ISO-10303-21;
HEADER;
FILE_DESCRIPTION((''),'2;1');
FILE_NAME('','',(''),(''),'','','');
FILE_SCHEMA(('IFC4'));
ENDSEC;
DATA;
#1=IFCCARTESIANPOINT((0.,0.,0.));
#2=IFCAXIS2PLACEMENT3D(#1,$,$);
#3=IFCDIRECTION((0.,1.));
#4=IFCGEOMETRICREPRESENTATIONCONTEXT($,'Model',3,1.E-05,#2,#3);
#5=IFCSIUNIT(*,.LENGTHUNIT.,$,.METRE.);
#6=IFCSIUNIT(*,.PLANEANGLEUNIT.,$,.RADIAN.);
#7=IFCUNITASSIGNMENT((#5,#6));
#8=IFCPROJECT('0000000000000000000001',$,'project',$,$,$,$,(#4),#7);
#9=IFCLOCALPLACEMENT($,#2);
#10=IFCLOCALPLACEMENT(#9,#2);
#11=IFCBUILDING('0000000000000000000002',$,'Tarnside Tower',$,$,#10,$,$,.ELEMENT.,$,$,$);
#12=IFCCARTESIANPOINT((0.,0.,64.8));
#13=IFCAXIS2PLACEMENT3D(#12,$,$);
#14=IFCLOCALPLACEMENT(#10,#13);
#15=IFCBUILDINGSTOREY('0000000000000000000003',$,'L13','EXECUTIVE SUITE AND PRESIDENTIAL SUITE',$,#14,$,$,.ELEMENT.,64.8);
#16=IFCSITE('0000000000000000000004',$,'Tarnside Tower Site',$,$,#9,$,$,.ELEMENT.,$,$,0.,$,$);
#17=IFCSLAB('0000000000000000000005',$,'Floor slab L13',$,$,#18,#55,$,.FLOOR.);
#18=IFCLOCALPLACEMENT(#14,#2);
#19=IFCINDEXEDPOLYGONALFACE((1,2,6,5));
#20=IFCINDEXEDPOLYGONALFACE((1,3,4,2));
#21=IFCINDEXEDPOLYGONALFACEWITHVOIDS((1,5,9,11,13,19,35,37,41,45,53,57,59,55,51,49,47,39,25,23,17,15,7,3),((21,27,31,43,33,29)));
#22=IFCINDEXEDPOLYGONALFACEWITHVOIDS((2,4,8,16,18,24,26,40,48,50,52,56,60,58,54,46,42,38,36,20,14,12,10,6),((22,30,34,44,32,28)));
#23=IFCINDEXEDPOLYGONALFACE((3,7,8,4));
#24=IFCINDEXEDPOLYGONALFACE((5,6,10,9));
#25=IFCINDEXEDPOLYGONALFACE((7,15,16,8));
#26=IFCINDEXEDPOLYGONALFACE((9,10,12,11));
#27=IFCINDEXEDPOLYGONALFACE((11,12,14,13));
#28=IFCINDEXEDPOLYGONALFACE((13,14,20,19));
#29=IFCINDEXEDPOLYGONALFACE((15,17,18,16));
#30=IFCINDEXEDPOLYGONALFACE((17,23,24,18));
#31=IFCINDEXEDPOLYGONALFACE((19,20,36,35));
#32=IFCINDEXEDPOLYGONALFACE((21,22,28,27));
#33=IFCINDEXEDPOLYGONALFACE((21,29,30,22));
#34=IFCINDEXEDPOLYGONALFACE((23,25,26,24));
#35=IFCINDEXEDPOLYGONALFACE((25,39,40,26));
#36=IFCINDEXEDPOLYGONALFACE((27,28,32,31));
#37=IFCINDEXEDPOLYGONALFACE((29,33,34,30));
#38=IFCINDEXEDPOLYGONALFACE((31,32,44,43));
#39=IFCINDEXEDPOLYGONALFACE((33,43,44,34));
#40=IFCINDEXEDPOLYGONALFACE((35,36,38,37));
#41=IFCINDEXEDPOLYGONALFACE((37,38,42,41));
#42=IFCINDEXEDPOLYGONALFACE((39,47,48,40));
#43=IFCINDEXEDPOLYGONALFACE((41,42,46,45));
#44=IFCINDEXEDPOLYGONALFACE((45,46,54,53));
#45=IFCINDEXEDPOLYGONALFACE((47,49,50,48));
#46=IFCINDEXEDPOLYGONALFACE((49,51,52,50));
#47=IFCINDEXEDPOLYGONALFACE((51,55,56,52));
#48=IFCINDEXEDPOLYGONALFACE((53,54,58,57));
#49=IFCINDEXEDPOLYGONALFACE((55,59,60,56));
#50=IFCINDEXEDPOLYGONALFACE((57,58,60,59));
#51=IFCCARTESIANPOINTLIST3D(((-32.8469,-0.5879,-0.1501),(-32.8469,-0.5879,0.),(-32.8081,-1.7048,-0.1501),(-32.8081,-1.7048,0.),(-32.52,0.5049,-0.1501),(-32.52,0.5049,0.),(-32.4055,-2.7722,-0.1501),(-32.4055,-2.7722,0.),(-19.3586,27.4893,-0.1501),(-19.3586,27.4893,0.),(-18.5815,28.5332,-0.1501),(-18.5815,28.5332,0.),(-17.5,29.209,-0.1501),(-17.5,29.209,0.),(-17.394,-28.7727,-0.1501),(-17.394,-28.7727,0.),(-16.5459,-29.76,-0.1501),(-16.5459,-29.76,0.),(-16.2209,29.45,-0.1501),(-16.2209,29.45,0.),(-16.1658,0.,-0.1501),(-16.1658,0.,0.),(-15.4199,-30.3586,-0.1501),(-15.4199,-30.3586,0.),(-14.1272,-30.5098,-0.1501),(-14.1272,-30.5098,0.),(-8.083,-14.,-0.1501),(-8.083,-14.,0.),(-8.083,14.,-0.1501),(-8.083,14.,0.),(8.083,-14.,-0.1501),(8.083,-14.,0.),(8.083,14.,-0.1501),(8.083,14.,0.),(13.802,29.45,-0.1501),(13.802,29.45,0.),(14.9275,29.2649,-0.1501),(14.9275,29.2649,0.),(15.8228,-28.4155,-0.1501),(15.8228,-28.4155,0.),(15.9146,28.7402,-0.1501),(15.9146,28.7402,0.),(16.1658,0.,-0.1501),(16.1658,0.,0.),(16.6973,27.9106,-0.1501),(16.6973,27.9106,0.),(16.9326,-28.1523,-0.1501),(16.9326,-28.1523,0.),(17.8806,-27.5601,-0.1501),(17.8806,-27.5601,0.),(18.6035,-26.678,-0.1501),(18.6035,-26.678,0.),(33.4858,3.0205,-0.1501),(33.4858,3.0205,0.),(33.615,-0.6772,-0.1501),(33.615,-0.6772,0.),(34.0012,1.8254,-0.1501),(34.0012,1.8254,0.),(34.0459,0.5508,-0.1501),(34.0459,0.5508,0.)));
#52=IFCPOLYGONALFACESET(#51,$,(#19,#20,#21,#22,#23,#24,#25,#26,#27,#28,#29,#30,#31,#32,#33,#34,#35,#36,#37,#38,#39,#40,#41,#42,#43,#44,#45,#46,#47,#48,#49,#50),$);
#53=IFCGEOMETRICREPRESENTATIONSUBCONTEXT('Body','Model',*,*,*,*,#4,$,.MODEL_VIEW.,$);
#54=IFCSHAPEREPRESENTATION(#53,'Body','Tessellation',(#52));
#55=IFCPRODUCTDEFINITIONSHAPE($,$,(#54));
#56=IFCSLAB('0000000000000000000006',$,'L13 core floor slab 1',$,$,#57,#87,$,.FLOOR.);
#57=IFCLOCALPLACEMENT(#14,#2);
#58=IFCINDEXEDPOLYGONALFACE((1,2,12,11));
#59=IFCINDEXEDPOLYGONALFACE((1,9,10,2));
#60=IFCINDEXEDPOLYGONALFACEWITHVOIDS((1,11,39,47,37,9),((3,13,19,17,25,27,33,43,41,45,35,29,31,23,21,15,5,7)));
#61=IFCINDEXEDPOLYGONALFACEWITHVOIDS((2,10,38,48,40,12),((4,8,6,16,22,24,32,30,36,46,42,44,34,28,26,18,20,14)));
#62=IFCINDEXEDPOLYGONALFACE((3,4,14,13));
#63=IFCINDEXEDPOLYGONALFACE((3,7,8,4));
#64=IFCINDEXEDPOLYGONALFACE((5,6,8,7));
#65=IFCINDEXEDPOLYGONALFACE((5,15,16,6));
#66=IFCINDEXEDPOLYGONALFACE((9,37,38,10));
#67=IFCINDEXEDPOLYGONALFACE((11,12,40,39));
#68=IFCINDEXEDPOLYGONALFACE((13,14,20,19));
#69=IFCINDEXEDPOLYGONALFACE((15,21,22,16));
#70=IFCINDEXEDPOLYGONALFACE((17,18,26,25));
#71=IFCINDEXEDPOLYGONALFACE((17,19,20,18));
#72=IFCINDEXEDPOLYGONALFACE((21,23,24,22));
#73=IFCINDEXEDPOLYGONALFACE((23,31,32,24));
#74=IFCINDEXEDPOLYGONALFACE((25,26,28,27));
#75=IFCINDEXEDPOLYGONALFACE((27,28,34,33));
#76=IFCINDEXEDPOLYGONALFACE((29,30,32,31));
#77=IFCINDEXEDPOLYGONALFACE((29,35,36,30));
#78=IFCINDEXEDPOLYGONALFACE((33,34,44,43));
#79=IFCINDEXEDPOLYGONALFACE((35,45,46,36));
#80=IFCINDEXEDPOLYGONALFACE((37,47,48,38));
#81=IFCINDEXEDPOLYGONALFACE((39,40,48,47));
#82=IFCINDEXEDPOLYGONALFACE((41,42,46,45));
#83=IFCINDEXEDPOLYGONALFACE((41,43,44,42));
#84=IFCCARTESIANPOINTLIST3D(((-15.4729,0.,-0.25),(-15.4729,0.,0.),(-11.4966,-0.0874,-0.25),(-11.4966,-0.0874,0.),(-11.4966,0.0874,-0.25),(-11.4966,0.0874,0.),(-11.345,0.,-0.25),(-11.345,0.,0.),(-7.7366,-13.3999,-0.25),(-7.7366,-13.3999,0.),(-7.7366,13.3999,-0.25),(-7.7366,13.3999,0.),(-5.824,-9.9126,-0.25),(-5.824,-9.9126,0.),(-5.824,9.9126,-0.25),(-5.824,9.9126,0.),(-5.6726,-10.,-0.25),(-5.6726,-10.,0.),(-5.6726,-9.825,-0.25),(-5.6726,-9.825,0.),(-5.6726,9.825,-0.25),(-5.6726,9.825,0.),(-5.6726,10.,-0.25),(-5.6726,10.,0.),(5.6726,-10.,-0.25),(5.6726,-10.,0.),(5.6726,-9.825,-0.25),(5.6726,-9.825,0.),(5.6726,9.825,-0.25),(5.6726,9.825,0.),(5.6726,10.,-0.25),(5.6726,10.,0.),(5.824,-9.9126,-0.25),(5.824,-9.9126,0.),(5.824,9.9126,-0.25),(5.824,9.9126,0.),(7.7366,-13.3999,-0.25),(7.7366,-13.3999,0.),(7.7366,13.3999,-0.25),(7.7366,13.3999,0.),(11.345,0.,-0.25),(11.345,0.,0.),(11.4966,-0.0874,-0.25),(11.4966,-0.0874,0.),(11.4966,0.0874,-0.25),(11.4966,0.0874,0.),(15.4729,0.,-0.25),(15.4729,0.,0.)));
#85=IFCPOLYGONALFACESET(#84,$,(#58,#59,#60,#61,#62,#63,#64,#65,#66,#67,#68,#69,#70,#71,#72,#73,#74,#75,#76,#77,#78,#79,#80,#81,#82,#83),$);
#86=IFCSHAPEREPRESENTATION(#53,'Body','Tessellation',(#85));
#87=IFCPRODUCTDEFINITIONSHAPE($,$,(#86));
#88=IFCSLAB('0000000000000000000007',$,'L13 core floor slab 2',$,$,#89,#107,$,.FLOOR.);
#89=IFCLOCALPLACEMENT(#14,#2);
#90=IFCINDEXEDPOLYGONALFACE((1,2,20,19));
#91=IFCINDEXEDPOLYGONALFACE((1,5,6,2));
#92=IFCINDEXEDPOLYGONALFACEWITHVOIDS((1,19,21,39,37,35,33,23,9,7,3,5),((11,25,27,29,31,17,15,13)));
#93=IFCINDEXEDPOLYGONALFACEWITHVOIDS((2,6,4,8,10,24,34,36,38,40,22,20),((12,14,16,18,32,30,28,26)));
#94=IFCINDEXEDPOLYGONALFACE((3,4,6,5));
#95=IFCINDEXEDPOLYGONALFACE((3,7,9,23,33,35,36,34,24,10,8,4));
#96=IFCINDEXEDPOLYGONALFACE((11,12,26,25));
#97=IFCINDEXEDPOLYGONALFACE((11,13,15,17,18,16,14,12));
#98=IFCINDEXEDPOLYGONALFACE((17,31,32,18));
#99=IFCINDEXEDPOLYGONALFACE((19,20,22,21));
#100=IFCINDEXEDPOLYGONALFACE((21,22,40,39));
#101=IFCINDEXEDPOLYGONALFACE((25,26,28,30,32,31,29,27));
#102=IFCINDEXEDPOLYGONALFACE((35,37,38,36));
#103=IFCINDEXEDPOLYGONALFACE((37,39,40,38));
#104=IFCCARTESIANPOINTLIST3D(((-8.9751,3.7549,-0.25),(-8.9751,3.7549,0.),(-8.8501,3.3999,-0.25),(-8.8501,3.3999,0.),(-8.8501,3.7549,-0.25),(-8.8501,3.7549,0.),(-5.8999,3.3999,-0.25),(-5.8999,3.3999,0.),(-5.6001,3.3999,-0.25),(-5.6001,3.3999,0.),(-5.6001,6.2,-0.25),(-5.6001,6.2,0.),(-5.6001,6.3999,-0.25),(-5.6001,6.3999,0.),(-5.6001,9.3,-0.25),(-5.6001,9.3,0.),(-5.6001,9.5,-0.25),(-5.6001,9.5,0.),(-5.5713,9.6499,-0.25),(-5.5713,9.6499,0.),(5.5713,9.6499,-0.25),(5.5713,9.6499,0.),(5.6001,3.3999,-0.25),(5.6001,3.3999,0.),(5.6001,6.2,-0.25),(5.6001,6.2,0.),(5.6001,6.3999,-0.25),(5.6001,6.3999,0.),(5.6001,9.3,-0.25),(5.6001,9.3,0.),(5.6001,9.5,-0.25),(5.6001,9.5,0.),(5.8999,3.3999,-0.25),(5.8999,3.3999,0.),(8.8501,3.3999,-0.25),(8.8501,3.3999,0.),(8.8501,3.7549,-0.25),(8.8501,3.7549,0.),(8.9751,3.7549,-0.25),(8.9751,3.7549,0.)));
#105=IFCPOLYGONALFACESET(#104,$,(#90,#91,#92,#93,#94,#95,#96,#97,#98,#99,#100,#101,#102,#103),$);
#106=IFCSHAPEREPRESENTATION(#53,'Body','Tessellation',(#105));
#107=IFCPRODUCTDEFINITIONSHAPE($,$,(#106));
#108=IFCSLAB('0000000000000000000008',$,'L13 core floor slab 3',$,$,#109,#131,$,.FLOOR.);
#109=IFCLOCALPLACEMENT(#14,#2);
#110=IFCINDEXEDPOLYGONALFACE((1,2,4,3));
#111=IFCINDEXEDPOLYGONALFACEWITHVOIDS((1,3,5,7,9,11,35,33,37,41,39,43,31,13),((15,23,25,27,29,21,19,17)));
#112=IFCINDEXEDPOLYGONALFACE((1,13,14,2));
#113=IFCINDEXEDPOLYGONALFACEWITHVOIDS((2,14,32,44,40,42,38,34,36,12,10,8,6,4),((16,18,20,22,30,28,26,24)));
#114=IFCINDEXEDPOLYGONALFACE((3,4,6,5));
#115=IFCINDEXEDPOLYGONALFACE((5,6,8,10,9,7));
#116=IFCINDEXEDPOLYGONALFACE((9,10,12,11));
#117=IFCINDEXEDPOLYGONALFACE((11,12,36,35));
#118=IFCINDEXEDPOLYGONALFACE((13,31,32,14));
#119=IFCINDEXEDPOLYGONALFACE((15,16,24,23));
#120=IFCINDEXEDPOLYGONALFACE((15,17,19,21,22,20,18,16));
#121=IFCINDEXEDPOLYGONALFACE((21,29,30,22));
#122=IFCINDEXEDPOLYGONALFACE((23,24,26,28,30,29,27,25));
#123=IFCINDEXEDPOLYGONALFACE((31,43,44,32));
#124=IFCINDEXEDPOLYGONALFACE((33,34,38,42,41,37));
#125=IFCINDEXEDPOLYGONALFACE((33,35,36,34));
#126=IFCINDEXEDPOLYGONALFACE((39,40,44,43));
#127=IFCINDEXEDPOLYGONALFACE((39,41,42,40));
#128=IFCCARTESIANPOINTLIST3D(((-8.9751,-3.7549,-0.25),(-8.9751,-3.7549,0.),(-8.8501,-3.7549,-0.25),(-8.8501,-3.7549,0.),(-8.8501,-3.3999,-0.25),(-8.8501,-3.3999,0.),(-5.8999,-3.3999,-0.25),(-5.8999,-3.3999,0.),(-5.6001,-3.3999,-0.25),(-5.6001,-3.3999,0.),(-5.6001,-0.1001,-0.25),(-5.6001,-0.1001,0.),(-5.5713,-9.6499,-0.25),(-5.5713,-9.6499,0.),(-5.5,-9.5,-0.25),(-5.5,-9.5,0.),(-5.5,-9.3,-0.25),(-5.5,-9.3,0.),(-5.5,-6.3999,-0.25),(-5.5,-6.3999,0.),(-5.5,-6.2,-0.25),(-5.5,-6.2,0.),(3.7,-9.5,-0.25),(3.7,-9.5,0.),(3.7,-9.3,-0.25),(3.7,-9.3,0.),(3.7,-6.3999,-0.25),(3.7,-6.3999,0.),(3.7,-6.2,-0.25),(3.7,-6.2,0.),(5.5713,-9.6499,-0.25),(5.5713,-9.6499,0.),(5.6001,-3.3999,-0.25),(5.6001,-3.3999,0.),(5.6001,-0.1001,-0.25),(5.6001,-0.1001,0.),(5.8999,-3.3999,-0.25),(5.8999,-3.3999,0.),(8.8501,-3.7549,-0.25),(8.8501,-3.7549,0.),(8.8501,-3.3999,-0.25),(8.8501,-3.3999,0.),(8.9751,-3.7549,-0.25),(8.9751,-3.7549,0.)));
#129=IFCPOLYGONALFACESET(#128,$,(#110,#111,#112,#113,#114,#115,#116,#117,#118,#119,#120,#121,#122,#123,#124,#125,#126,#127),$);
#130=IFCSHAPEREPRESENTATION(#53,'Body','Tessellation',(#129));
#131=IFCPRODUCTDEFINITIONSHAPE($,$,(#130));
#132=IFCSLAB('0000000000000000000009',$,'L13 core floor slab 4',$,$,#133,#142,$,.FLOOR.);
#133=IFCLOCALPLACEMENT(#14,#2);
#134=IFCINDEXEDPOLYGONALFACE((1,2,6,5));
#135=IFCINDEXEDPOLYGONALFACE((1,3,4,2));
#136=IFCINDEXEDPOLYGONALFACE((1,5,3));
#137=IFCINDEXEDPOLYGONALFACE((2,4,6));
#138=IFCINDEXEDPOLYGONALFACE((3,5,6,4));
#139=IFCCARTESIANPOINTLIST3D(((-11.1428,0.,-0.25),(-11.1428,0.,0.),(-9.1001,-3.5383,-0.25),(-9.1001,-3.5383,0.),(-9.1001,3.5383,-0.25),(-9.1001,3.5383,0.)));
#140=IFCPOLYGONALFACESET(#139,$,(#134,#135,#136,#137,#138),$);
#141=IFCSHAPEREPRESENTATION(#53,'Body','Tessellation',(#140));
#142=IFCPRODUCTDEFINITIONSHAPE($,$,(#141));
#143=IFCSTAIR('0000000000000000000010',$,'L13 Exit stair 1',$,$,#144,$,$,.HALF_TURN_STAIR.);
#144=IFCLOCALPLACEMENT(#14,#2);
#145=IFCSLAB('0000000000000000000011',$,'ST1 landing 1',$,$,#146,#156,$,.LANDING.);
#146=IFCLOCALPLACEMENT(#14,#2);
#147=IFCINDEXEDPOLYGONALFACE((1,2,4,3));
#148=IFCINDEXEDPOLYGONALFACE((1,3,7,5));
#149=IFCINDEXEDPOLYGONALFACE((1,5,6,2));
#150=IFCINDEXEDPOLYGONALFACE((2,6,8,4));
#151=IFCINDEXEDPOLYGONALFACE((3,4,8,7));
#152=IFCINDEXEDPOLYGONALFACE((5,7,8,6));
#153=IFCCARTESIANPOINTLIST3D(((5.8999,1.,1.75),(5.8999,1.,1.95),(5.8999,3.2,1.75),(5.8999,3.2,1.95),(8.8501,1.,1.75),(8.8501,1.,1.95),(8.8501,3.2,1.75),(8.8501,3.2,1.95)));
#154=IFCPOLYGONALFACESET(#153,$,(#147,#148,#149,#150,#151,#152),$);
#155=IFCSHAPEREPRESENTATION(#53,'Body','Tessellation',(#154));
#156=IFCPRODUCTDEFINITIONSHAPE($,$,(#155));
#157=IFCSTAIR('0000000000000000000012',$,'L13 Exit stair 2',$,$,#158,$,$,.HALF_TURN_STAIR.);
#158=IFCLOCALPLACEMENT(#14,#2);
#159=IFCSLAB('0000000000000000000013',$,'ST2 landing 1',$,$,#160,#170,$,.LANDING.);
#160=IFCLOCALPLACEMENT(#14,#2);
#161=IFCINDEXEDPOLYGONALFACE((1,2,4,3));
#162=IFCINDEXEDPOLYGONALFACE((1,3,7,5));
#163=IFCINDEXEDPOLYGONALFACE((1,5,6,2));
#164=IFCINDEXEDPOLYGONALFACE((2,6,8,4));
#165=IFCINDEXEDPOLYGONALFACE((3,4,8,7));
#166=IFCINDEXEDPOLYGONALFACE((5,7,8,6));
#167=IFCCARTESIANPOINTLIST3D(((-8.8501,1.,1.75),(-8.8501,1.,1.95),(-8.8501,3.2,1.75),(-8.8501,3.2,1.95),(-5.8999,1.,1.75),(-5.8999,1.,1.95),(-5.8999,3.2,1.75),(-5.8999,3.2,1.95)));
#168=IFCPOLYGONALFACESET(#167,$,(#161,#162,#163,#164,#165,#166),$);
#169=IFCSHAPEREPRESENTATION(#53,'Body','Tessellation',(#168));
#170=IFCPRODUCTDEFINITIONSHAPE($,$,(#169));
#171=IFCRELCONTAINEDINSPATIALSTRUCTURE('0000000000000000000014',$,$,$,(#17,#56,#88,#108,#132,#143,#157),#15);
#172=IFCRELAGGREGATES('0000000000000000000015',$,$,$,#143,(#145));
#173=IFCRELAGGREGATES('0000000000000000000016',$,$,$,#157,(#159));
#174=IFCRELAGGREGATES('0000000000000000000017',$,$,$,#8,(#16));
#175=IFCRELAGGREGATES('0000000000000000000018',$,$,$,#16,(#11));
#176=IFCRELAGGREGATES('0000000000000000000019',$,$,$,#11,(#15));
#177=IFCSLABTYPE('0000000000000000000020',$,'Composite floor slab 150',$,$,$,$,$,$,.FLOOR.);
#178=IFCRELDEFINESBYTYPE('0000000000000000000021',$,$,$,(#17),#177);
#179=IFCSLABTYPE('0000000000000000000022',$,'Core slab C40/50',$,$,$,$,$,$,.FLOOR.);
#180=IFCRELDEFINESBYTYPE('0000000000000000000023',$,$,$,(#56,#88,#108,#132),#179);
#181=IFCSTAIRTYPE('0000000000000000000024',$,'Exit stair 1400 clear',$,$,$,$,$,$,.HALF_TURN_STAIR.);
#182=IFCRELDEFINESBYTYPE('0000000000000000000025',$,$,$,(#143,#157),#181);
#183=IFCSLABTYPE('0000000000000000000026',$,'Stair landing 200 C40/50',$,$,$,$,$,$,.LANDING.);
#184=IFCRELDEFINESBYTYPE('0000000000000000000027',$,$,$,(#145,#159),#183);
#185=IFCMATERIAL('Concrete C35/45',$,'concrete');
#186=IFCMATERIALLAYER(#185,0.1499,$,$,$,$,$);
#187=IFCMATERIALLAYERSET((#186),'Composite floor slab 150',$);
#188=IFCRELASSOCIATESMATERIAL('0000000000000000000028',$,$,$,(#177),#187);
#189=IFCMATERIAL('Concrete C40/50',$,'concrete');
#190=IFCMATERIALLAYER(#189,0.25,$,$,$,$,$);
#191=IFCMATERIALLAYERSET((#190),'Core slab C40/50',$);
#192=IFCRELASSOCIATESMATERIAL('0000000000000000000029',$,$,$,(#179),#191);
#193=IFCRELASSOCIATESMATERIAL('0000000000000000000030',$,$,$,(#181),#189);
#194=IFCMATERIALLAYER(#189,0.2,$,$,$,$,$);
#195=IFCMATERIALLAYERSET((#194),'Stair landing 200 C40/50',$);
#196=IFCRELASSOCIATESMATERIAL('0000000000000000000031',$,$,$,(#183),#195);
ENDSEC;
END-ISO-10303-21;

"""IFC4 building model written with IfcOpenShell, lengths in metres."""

from ifc_helpers import new_model, si_unit, direction, frame, origin, place, context, subcontext, project, spatial, polyline, outline, extrude, material, layer, layer_set, type_object, element, aggregate, save


model = new_model("IFC4")

# Units and contexts
model_context = context("Model", 3, precision=1e-05, world=origin(), true_north=direction((0.0, 1.0)))
body_context = subcontext(model_context, "Body", "Model", "MODEL_VIEW")
ifc_project = project(units=[si_unit("LENGTHUNIT", "METRE"), si_unit("PLANEANGLEUNIT", "RADIAN")], contexts=[model_context])

# Site, building, storey
site_placement = place(None, origin())
site = spatial("IfcSite", under=ifc_project, at=site_placement, Name="Tarnside Tower Site", CompositionType="ELEMENT", RefElevation=0.0)
building_placement = place(site_placement, origin())
building = spatial("IfcBuilding", under=site, at=building_placement, Name="Tarnside Tower", CompositionType="ELEMENT")
storey_placement = place(building_placement, frame((0.0, 0.0, 64.8)))
storey = spatial("IfcBuildingStorey", under=building, at=storey_placement, Name="L13", Description="EXECUTIVE SUITE AND PRESIDENTIAL SUITE", CompositionType="ELEMENT", Elevation=64.8)

# Slabs
ifc_material_1 = material(Name="Concrete C35/45", Category="concrete")
ifc_layer_1 = layer(ifc_material_1, 0.1499)
ifc_layer_set_1 = layer_set([ifc_layer_1], Name="Composite floor slab 150")
slab_type_1 = type_object("IfcSlabType", Name="Composite floor slab 150", PredefinedType="FLOOR", material=ifc_layer_set_1)
slab_1_placement = place(storey_placement, frame((0.0, 0.0, -0.1501)))
element("IfcSlab", 1, at=slab_1_placement, inside=storey, type_object=slab_type_1, Name="Floor slab L13", PredefinedType="FLOOR", context=body_context, shape_type="SweptSolid", body=[
    extrude(outline(polyline([(14.9275, 29.2649), (15.9146, 28.7402), (16.6973, 27.9106), (33.4858, 3.0205), (34.0012, 1.8254), (34.0459, 0.5508), (33.615, -0.6772), (18.6035, -26.678), (17.8806, -27.5601), (16.9326, -28.1523), (15.8228, -28.4155), (-14.1272, -30.5098), (-15.4199, -30.3586), (-16.5459, -29.76), (-17.394, -28.7727), (-32.4055, -2.7722), (-32.8081, -1.7048), (-32.8469, -0.5879), (-32.52, 0.5049), (-19.3586, 27.4893), (-18.5815, 28.5332), (-17.5, 29.209), (-16.2209, 29.45), (13.802, 29.45), (14.9275, 29.2649)]), holes=[polyline([(-16.1658, 0.0), (-8.083, -14.0), (8.083, -14.0), (16.1658, 0.0), (8.083, 14.0), (-8.083, 14.0), (-16.1658, 0.0)])]), origin(), (0.0, 0.0, 1.0), 0.1501),
])
ifc_material_2 = material(Name="Concrete C40/50", Category="concrete")
ifc_layer_2 = layer(ifc_material_2, 0.25)
ifc_layer_set_2 = layer_set([ifc_layer_2], Name="Core slab C40/50")
slab_type_2 = type_object("IfcSlabType", Name="Core slab C40/50", PredefinedType="FLOOR", material=ifc_layer_set_2)
slab_2_placement = place(storey_placement, frame((0.0, 0.0, -0.25)))
element("IfcSlab", 2, at=slab_2_placement, inside=storey, type_object=slab_type_2, Name="L13 core floor slab 1", PredefinedType="FLOOR", context=body_context, shape_type="SweptSolid", body=[
    extrude(outline(polyline([(-15.4729, 0.0), (-7.7366, 13.3999), (7.7366, 13.3999), (15.4729, 0.0), (7.7366, -13.3999), (-7.7366, -13.3999), (-15.4729, 0.0)]), holes=[polyline([(5.824, -9.9126), (11.4966, -0.0874), (11.345, 0.0), (11.4966, 0.0874), (5.824, 9.9126), (5.6726, 9.825), (5.6726, 10.0), (-5.6726, 10.0), (-5.6726, 9.825), (-5.824, 9.9126), (-11.4966, 0.0874), (-11.345, 0.0), (-11.4966, -0.0874), (-5.824, -9.9126), (-5.6726, -9.825), (-5.6726, -10.0), (5.6726, -10.0), (5.6726, -9.825), (5.824, -9.9126)])]), origin(), (0.0, 0.0, 1.0), 0.25),
])
slab_3_placement = place(storey_placement, frame((0.0, 0.0, -0.25)))
element("IfcSlab", 3, at=slab_3_placement, inside=storey, type_object=slab_type_2, Name="L13 core floor slab 2", PredefinedType="FLOOR", context=body_context, shape_type="SweptSolid", body=[
    extrude(outline(polyline([(-8.9751, 3.7549), (-5.5713, 9.6499), (5.5713, 9.6499), (8.9751, 3.7549), (8.8501, 3.7549), (8.8501, 3.3999), (5.8999, 3.3999), (5.6001, 3.3999), (5.6001, 3.3999), (-5.6001, 3.3999), (-5.8999, 3.3999), (-8.8501, 3.3999), (-8.8501, 3.7549), (-8.9751, 3.7549)]), holes=[polyline([(-5.6001, 6.2), (5.6001, 6.2), (5.6001, 6.3999), (5.6001, 9.3), (5.6001, 9.5), (-5.6001, 9.5), (-5.6001, 9.3), (-5.6001, 6.3999), (-5.6001, 6.2)])]), origin(), (0.0, 0.0, 1.0), 0.25),
])
slab_4_placement = place(storey_placement, frame((0.0, 0.0, -0.25)))
element("IfcSlab", 4, at=slab_4_placement, inside=storey, type_object=slab_type_2, Name="L13 core floor slab 3", PredefinedType="FLOOR", context=body_context, shape_type="SweptSolid", body=[
    extrude(outline(polyline([(5.6001, -3.3999), (5.8999, -3.3999), (8.8501, -3.3999), (8.8501, -3.7549), (8.9751, -3.7549), (5.5713, -9.6499), (-5.5713, -9.6499), (-8.9751, -3.7549), (-8.8501, -3.7549), (-8.8501, -3.3999), (-5.8999, -3.3999), (-5.6001, -3.3999), (-5.6001, -0.1001), (5.6001, -0.1001), (5.6001, -3.3999)]), holes=[polyline([(-5.5, -9.3), (-5.5, -9.5), (3.7, -9.5), (3.7, -9.3), (3.7, -6.3999), (3.7, -6.2), (-5.5, -6.2), (-5.5, -6.3999), (-5.5, -9.3)])]), origin(), (0.0, 0.0, 1.0), 0.25),
])
slab_5_placement = place(storey_placement, frame((0.0, 0.0, -0.25)))
element("IfcSlab", 5, at=slab_5_placement, inside=storey, type_object=slab_type_2, Name="L13 core floor slab 4", PredefinedType="FLOOR", context=body_context, shape_type="SweptSolid", body=[
    extrude(outline(polyline([(-11.1428, 0.0), (-9.1001, 3.5383), (-9.1001, -3.5383), (-11.1428, 0.0)])), origin(), (0.0, 0.0, 1.0), 0.25),
])

# Stairs, slabs
stair_type = type_object("IfcStairType", Name="Exit stair 1400 clear", PredefinedType="HALF_TURN_STAIR", material=ifc_material_2)
stair_1_placement = place(storey_placement, origin())
stair_1 = element("IfcStair", 6, at=stair_1_placement, inside=storey, type_object=stair_type, Name="L13 Exit stair 1", PredefinedType="HALF_TURN_STAIR")
ifc_layer_3 = layer(ifc_material_2, 0.2)
ifc_layer_set_3 = layer_set([ifc_layer_3], Name="Stair landing 200 C40/50")
slab_type_3 = type_object("IfcSlabType", Name="Stair landing 200 C40/50", PredefinedType="LANDING", material=ifc_layer_set_3)
slab_6_placement = place(storey_placement, frame((0.0, 0.0, 1.75)))
slab_6 = element("IfcSlab", 7, at=slab_6_placement, type_object=slab_type_3, Name="ST1 landing 1", PredefinedType="LANDING", context=body_context, shape_type="SweptSolid", body=[
    extrude(outline(polyline([(8.8501, 1.0), (8.8501, 3.2), (5.8999, 3.2), (5.8999, 1.0), (8.8501, 1.0)])), origin(), (0.0, 0.0, 1.0), 0.2),
])
aggregate(stair_1, [slab_6])
stair_2_placement = place(storey_placement, origin())
stair_2 = element("IfcStair", 8, at=stair_2_placement, inside=storey, type_object=stair_type, Name="L13 Exit stair 2", PredefinedType="HALF_TURN_STAIR")
slab_7_placement = place(storey_placement, frame((0.0, 0.0, 1.75)))
slab_7 = element("IfcSlab", 9, at=slab_7_placement, type_object=slab_type_3, Name="ST2 landing 1", PredefinedType="LANDING", context=body_context, shape_type="SweptSolid", body=[
    extrude(outline(polyline([(-5.8999, 1.0), (-5.8999, 3.2), (-8.8501, 3.2), (-8.8501, 1.0), (-5.8999, 1.0)])), origin(), (0.0, 0.0, 1.0), 0.2),
])

aggregate(stair_2, [slab_7])

save(model, "model.ifc")
